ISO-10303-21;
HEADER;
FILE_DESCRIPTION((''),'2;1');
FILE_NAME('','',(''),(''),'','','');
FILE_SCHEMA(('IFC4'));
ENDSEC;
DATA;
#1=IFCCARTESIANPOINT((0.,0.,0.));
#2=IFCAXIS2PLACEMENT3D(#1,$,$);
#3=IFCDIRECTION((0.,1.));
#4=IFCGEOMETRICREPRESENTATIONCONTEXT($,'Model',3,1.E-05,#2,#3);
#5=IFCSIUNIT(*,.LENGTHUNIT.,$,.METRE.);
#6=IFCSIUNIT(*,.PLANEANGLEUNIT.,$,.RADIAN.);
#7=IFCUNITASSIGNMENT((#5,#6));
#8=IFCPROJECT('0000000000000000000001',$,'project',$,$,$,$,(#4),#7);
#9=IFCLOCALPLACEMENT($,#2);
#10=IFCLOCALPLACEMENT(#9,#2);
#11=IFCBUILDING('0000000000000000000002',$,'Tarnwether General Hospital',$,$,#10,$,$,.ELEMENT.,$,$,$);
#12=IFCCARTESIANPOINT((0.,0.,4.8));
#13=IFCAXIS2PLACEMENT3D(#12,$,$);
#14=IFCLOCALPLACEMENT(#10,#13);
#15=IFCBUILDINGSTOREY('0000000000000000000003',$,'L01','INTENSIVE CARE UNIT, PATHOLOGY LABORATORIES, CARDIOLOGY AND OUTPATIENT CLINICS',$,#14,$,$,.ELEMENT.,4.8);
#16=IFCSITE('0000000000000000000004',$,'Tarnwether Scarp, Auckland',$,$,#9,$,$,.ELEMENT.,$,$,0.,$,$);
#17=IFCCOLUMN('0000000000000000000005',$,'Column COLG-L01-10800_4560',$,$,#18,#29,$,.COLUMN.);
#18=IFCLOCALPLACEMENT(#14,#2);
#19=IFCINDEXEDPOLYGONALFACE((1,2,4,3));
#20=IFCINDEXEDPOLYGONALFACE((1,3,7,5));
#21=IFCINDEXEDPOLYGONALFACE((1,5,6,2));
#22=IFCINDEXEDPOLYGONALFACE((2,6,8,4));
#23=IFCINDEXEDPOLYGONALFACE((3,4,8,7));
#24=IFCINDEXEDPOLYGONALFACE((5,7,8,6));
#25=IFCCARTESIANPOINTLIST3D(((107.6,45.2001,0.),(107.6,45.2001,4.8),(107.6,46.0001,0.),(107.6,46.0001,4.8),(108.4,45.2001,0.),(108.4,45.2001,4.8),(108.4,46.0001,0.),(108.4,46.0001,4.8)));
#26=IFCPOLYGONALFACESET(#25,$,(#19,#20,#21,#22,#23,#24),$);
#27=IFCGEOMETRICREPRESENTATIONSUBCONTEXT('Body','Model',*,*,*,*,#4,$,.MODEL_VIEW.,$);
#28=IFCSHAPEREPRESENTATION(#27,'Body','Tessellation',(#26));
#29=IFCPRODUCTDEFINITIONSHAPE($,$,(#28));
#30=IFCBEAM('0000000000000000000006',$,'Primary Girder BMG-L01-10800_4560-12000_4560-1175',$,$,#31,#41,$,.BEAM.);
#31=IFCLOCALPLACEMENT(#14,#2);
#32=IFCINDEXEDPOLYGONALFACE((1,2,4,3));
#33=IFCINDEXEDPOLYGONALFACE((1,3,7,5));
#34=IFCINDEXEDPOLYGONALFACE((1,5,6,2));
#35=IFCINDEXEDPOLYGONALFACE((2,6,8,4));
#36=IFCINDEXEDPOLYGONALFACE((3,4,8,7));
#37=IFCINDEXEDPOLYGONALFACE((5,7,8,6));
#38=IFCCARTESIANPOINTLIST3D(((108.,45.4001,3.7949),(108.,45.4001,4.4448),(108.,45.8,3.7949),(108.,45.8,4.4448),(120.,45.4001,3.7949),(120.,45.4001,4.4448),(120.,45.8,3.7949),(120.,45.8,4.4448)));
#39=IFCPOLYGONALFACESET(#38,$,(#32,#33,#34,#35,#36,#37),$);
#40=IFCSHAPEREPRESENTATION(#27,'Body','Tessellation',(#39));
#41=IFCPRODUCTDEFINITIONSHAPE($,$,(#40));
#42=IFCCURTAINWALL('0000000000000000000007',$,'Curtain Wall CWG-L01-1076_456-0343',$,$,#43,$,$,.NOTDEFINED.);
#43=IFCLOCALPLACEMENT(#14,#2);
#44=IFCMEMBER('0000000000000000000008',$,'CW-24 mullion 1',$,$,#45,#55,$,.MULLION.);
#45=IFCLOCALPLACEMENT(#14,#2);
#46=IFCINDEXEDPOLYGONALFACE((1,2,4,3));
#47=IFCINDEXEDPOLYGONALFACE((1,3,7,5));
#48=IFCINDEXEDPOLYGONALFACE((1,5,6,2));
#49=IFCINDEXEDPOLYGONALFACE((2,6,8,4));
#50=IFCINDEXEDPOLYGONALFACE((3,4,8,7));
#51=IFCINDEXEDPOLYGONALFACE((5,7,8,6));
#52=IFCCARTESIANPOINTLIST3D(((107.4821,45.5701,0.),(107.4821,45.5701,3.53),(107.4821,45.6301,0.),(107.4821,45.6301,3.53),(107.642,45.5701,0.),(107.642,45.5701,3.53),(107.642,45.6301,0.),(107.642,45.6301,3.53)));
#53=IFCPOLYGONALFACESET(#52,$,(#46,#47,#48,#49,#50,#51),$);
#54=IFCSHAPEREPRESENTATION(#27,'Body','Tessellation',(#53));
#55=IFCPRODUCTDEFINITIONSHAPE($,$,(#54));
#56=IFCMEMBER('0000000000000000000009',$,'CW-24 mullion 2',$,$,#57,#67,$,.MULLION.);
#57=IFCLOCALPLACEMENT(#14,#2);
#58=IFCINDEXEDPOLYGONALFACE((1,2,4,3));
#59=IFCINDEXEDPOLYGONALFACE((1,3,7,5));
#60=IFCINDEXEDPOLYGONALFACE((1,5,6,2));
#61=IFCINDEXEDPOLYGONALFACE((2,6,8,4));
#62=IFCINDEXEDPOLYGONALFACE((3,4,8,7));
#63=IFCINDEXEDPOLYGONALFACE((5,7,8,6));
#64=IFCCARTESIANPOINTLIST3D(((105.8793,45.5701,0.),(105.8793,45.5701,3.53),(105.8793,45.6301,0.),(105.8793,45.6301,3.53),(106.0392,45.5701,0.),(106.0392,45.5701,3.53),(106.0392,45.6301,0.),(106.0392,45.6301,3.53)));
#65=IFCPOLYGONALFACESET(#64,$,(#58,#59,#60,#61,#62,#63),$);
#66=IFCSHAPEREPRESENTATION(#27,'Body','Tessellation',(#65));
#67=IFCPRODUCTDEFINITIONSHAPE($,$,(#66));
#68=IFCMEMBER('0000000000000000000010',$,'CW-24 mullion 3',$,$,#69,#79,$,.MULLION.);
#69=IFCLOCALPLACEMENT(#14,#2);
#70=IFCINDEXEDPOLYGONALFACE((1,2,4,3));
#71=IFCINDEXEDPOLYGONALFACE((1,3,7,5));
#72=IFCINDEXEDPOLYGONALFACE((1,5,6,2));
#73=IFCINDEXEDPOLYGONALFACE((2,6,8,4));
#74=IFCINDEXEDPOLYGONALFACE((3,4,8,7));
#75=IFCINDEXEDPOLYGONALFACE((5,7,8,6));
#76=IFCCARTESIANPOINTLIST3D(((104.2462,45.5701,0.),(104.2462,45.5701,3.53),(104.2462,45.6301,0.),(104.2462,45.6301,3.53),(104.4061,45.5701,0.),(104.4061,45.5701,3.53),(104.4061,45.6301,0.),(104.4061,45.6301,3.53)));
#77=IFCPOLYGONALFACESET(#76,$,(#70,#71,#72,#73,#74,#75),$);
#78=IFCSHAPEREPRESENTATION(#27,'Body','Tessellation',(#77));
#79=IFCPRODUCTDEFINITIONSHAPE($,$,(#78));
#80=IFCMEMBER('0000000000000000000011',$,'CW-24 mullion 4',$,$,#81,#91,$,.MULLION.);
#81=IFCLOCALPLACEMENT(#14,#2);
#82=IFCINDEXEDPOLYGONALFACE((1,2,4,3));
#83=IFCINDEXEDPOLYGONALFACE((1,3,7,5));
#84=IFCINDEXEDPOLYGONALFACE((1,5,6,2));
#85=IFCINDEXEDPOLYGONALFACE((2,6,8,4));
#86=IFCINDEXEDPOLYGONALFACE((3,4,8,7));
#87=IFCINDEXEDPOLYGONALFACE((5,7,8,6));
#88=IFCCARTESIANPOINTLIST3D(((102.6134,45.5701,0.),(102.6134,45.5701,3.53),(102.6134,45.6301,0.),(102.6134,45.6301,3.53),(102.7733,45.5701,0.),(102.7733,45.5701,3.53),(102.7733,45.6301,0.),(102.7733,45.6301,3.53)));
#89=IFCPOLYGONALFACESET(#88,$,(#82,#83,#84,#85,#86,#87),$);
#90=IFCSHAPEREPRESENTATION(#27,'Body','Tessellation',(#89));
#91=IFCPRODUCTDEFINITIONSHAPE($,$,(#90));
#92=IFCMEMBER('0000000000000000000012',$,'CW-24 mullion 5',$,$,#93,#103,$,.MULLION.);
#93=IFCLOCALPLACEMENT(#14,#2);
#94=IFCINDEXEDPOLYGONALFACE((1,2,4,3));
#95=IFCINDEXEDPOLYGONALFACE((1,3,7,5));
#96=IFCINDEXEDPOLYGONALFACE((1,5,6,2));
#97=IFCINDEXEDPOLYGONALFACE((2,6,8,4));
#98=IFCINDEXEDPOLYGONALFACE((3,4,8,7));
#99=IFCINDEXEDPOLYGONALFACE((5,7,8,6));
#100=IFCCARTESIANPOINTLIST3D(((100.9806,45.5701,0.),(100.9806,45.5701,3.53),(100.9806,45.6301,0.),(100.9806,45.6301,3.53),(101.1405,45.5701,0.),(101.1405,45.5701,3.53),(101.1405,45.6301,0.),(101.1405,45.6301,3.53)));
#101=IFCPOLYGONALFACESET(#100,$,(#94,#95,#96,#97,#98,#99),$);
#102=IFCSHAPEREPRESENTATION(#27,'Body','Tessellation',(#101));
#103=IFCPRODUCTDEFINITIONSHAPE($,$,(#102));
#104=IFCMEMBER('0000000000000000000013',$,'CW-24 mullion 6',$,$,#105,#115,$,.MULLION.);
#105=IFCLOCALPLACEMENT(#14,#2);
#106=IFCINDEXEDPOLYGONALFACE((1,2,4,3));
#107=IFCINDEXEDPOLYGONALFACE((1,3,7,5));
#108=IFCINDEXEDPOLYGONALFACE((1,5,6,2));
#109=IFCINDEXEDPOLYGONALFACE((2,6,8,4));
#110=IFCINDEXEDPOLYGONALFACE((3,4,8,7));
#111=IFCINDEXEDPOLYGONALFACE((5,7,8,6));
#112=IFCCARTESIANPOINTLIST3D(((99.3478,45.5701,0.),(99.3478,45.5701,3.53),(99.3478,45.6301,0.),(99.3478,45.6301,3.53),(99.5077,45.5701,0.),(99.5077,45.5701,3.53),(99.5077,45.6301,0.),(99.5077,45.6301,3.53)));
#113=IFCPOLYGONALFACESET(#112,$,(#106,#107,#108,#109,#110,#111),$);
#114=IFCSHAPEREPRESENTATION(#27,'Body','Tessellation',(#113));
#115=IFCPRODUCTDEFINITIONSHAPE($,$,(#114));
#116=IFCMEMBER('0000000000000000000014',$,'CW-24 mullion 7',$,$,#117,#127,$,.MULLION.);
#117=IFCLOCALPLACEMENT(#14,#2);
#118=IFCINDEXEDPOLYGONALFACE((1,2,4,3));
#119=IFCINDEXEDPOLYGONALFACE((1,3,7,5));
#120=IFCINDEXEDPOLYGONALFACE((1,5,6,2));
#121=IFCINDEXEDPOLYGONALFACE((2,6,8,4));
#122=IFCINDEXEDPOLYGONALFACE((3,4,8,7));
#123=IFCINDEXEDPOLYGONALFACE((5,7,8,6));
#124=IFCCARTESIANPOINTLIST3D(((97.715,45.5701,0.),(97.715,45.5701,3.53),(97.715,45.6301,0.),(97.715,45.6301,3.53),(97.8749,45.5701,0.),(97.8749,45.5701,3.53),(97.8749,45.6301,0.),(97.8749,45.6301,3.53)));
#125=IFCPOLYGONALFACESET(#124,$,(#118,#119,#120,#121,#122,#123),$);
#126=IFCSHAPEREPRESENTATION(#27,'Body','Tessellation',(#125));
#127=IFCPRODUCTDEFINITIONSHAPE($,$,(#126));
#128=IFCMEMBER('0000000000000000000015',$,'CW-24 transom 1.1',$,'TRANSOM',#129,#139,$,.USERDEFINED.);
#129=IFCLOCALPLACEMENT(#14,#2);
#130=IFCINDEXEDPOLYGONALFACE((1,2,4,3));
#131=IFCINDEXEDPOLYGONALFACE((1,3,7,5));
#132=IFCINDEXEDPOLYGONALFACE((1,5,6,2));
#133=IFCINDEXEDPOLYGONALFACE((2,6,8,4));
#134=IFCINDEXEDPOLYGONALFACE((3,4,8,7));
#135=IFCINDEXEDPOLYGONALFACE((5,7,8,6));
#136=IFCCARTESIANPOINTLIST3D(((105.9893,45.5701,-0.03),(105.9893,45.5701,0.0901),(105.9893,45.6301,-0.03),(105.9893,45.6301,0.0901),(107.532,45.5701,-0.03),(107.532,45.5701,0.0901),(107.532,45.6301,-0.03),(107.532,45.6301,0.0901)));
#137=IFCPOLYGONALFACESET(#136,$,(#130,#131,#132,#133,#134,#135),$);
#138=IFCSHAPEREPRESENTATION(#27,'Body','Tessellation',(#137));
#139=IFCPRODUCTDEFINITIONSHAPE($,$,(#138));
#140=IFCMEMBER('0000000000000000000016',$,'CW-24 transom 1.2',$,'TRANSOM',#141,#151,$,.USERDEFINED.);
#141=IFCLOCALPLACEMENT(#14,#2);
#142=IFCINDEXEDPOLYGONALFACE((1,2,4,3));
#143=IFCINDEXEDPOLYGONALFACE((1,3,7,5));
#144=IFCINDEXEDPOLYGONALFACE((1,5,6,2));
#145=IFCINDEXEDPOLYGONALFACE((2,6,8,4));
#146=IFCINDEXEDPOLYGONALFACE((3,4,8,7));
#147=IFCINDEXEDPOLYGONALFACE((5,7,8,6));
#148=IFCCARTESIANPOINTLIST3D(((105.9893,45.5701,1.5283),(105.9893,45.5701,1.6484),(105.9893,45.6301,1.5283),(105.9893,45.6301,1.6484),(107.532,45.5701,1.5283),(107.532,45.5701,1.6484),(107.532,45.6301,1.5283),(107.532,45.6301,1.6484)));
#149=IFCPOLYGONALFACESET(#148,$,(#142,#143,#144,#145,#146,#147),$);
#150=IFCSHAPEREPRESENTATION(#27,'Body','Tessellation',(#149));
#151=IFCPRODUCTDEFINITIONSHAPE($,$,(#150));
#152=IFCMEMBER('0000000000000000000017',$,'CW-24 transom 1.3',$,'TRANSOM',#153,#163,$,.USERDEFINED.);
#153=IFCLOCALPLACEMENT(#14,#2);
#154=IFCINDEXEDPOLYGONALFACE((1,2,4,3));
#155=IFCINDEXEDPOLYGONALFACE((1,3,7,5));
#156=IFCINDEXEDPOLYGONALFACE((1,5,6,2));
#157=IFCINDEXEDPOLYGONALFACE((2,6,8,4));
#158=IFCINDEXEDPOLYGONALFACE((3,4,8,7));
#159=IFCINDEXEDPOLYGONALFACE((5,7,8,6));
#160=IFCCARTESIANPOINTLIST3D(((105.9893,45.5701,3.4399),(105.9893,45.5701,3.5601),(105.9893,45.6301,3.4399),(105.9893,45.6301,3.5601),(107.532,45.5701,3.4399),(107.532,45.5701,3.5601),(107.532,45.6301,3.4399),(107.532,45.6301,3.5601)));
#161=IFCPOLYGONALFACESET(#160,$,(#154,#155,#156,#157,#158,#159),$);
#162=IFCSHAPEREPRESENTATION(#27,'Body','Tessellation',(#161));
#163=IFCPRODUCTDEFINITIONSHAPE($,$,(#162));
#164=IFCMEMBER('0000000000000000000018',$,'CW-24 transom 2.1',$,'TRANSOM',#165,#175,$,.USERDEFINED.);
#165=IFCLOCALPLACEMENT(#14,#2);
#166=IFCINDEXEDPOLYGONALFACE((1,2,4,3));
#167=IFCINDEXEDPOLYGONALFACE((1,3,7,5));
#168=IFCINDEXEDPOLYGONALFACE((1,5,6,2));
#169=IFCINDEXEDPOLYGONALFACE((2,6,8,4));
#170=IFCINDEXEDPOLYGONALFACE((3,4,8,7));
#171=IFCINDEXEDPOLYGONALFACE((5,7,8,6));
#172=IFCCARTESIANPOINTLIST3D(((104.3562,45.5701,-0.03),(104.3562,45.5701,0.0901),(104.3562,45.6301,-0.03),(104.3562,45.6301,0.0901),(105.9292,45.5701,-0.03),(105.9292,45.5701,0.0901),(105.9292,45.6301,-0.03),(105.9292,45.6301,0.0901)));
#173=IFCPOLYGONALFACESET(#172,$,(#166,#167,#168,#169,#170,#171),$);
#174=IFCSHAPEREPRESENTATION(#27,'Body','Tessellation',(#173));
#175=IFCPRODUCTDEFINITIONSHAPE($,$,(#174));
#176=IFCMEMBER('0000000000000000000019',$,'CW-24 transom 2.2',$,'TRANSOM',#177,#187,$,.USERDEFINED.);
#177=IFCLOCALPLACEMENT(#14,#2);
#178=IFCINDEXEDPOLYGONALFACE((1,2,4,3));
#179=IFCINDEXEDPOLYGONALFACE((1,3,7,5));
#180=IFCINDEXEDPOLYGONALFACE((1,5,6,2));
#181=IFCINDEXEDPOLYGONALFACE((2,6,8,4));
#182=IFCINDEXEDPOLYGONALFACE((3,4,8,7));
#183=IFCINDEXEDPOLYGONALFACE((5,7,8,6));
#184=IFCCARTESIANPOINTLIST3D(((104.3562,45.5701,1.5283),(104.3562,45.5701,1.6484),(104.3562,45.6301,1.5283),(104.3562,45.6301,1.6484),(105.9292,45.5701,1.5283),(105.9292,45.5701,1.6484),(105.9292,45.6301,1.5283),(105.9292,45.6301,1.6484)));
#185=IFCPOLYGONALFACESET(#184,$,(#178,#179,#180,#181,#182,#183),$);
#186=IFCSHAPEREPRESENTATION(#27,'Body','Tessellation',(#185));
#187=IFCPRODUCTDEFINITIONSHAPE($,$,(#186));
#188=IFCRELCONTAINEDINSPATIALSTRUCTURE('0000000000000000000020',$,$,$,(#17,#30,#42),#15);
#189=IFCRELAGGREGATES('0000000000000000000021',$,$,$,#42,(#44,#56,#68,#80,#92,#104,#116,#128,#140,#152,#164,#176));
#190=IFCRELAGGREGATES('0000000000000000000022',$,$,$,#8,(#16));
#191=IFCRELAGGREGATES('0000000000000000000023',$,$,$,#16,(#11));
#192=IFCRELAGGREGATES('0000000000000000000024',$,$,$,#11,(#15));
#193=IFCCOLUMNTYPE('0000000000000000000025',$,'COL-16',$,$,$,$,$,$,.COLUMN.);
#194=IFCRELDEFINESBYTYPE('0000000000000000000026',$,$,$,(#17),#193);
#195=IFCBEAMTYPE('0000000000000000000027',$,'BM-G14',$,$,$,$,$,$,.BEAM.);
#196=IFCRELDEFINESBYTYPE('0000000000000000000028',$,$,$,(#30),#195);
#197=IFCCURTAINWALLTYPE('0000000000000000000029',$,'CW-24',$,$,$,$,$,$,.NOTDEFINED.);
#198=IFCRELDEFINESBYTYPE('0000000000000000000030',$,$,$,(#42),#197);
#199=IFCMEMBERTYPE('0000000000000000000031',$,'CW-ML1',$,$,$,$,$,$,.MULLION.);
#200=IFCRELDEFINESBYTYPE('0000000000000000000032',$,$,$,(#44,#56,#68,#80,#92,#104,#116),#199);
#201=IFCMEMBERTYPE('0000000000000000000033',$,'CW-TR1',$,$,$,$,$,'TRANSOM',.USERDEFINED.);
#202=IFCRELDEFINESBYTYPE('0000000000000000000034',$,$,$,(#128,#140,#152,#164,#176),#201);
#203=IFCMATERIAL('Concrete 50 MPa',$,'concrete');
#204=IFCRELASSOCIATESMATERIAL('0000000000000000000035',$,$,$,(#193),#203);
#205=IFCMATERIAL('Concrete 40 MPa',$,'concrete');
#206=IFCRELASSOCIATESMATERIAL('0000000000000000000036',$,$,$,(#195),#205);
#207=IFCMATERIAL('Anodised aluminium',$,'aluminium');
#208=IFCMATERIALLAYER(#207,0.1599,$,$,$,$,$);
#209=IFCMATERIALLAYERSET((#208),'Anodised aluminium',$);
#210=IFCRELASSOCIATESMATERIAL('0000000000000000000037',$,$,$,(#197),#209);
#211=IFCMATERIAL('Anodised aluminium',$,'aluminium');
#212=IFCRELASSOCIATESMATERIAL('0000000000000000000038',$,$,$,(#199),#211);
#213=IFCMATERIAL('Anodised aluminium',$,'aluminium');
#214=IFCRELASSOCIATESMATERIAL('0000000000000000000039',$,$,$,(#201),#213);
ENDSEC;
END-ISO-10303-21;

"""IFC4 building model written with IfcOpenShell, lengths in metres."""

from ifc_helpers import new_model, si_unit, direction, frame, origin, origin_2d, place, context, subcontext, project, spatial, rectangle, extrude, material, layer, layer_set, material_profile, profile_set, type_object, element, aggregate, save


model = new_model("IFC4")

# Units and contexts
model_context = context("Model", 3, precision=1e-05, world=origin(), true_north=direction((0.0, 1.0)))
body_context = subcontext(model_context, "Body", "Model", "MODEL_VIEW")
ifc_project = project(units=[si_unit("LENGTHUNIT", "METRE"), si_unit("PLANEANGLEUNIT", "RADIAN")], contexts=[model_context])

# Site, building, storey
site_placement = place(None, origin())
site = spatial("IfcSite", under=ifc_project, at=site_placement, Name="Tarnwether Scarp, Auckland", CompositionType="ELEMENT", RefElevation=0.0)
building_placement = place(site_placement, origin())
building = spatial("IfcBuilding", under=site, at=building_placement, Name="Tarnwether General Hospital", CompositionType="ELEMENT")
storey_placement = place(building_placement, frame((0.0, 0.0, 4.8)))
storey = spatial("IfcBuildingStorey", under=building, at=storey_placement, Name="L01", Description="INTENSIVE CARE UNIT, PATHOLOGY LABORATORIES, CARDIOLOGY AND OUTPATIENT CLINICS", CompositionType="ELEMENT", Elevation=4.8)

# Column
ifc_material_1 = material(Name="Concrete 50 MPa", Category="concrete")
ifc_material_profile_1 = material_profile(ifc_material_1, rectangle(XDim=0.8, YDim=0.8, at=origin_2d()), Name="RC-COL-800x800")
ifc_profile_set_1 = profile_set([ifc_material_profile_1], Name="Concrete 50 MPa")
column_type = type_object("IfcColumnType", Name="COL-16", PredefinedType="COLUMN", material=ifc_profile_set_1)
column_placement = place(storey_placement, frame((108.0, 45.6001, 0.0), z_axis=(0.0, 0.0, 1.0), x_axis=(0.0, 1.0, 0.0)))
element("IfcColumn", 1, at=column_placement, inside=storey, type_object=column_type, Name="Column COLG-L01-10800_4560", PredefinedType="COLUMN", context=body_context, shape_type="SweptSolid", body=[
    extrude(rectangle(XDim=0.8, YDim=0.8, at=origin_2d()), origin(), (0.0, 0.0, 1.0), 4.8),
])

# Beam
ifc_material_2 = material(Name="Concrete 40 MPa", Category="concrete")
ifc_material_profile_2 = material_profile(ifc_material_2, rectangle(XDim=0.3999, YDim=0.6499, at=origin_2d()), Name="RC-BM-400x650")
ifc_profile_set_2 = profile_set([ifc_material_profile_2], Name="Concrete 40 MPa")
beam_type = type_object("IfcBeamType", Name="BM-G14", PredefinedType="BEAM", material=ifc_profile_set_2)
beam_placement = place(storey_placement, frame((108.0, 45.6001, 4.1199), z_axis=(1.0, 0.0, 0.0), x_axis=(0.0, 1.0, 0.0)))
element("IfcBeam", 2, at=beam_placement, inside=storey, type_object=beam_type, Name="Primary Girder BMG-L01-10800_4560-12000_4560-1175", PredefinedType="BEAM", context=body_context, shape_type="SweptSolid", body=[
    extrude(rectangle(XDim=0.3999, YDim=0.6499, at=origin_2d()), origin(), (0.0, 0.0, 1.0), 12.0),
])

# Curtain wall, members
ifc_material_3 = material(Name="Anodised aluminium", Category="aluminium")
ifc_layer_1 = layer(ifc_material_3, 0.1599)
ifc_layer_set_1 = layer_set([ifc_layer_1], Name="Anodised aluminium")
curtain_wall_type = type_object("IfcCurtainWallType", Name="CW-24", PredefinedType="NOTDEFINED", material=ifc_layer_set_1)
curtain_wall_placement = place(storey_placement, origin())
curtain_wall = element("IfcCurtainWall", 3, at=curtain_wall_placement, inside=storey, type_object=curtain_wall_type, Name="Curtain Wall CWG-L01-1076_456-0343", PredefinedType="NOTDEFINED")
ifc_material_4 = material(Name="Anodised aluminium", Category="aluminium")
ifc_material_profile_3 = material_profile(ifc_material_4, rectangle(XDim=0.0601, YDim=0.1599, at=origin_2d()), Name="ALU-MUL-60x160")
ifc_profile_set_3 = profile_set([ifc_material_profile_3], Name="Anodised aluminium")
member_type_1 = type_object("IfcMemberType", Name="CW-ML1", PredefinedType="MULLION", material=ifc_profile_set_3)
member_1_placement = place(storey_placement, frame((107.562, 45.6001, 0.0), z_axis=(0.0, 0.0, 1.0), x_axis=(0.0, -1.0, 0.0)))
member_1 = element("IfcMember", 4, at=member_1_placement, type_object=member_type_1, Name="CW-24 mullion 1", PredefinedType="MULLION", context=body_context, shape_type="SweptSolid", body=[
    extrude(rectangle(XDim=0.0601, YDim=0.1599, at=origin_2d()), origin(), (0.0, 0.0, 1.0), 3.53),
])
member_2_placement = place(storey_placement, frame((105.9592, 45.6001, 0.0), z_axis=(0.0, 0.0, 1.0), x_axis=(0.0, -1.0, 0.0)))
member_2 = element("IfcMember", 5, at=member_2_placement, type_object=member_type_1, Name="CW-24 mullion 2", PredefinedType="MULLION", context=body_context, shape_type="SweptSolid", body=[
    extrude(rectangle(XDim=0.0601, YDim=0.1599, at=origin_2d()), origin(), (0.0, 0.0, 1.0), 3.53),
])
member_3_placement = place(storey_placement, frame((104.3262, 45.6001, 0.0), z_axis=(0.0, 0.0, 1.0), x_axis=(0.0, -1.0, 0.0)))
member_3 = element("IfcMember", 6, at=member_3_placement, type_object=member_type_1, Name="CW-24 mullion 3", PredefinedType="MULLION", context=body_context, shape_type="SweptSolid", body=[
    extrude(rectangle(XDim=0.0601, YDim=0.1599, at=origin_2d()), origin(), (0.0, 0.0, 1.0), 3.53),
])
member_4_placement = place(storey_placement, frame((102.6934, 45.6001, 0.0), z_axis=(0.0, 0.0, 1.0), x_axis=(0.0, -1.0, 0.0)))
member_4 = element("IfcMember", 7, at=member_4_placement, type_object=member_type_1, Name="CW-24 mullion 4", PredefinedType="MULLION", context=body_context, shape_type="SweptSolid", body=[
    extrude(rectangle(XDim=0.0601, YDim=0.1599, at=origin_2d()), origin(), (0.0, 0.0, 1.0), 3.53),
])
member_5_placement = place(storey_placement, frame((101.0605, 45.6001, 0.0), z_axis=(0.0, 0.0, 1.0), x_axis=(0.0, -1.0, 0.0)))
member_5 = element("IfcMember", 8, at=member_5_placement, type_object=member_type_1, Name="CW-24 mullion 5", PredefinedType="MULLION", context=body_context, shape_type="SweptSolid", body=[
    extrude(rectangle(XDim=0.0601, YDim=0.1599, at=origin_2d()), origin(), (0.0, 0.0, 1.0), 3.53),
])
member_6_placement = place(storey_placement, frame((99.4277, 45.6001, 0.0), z_axis=(0.0, 0.0, 1.0), x_axis=(0.0, -1.0, 0.0)))
member_6 = element("IfcMember", 9, at=member_6_placement, type_object=member_type_1, Name="CW-24 mullion 6", PredefinedType="MULLION", context=body_context, shape_type="SweptSolid", body=[
    extrude(rectangle(XDim=0.0601, YDim=0.1599, at=origin_2d()), origin(), (0.0, 0.0, 1.0), 3.53),
])
member_7_placement = place(storey_placement, frame((97.7949, 45.6001, 0.0), z_axis=(0.0, 0.0, 1.0), x_axis=(0.0, -1.0, 0.0)))
member_7 = element("IfcMember", 10, at=member_7_placement, type_object=member_type_1, Name="CW-24 mullion 7", PredefinedType="MULLION", context=body_context, shape_type="SweptSolid", body=[
    extrude(rectangle(XDim=0.0601, YDim=0.1599, at=origin_2d()), origin(), (0.0, 0.0, 1.0), 3.53),
])
ifc_material_5 = material(Name="Anodised aluminium", Category="aluminium")
ifc_material_profile_4 = material_profile(ifc_material_5, rectangle(XDim=0.0601, YDim=0.1201, at=origin_2d()), Name="ALU-TRN-60x120")
ifc_profile_set_4 = profile_set([ifc_material_profile_4], Name="Anodised aluminium")
member_type_2 = type_object("IfcMemberType", Name="CW-TR1", ElementType="TRANSOM", PredefinedType="USERDEFINED", material=ifc_profile_set_4)
member_8_placement = place(storey_placement, frame((107.532, 45.6001, 0.03), z_axis=(-1.0, 0.0, 0.0), x_axis=(0.0, -1.0, 0.0)))
member_8 = element("IfcMember", 11, at=member_8_placement, type_object=member_type_2, Name="CW-24 transom 1.1", ObjectType="TRANSOM", PredefinedType="USERDEFINED", context=body_context, shape_type="SweptSolid", body=[
    extrude(rectangle(XDim=0.0601, YDim=0.1201, at=origin_2d()), origin(), (0.0, 0.0, 1.0), 1.5427),
])
member_9_placement = place(storey_placement, frame((107.532, 45.6001, 1.5884), z_axis=(-1.0, 0.0, 0.0), x_axis=(0.0, -1.0, 0.0)))
member_9 = element("IfcMember", 12, at=member_9_placement, type_object=member_type_2, Name="CW-24 transom 1.2", ObjectType="TRANSOM", PredefinedType="USERDEFINED", context=body_context, shape_type="SweptSolid", body=[
    extrude(rectangle(XDim=0.0601, YDim=0.1201, at=origin_2d()), origin(), (0.0, 0.0, 1.0), 1.5427),
])
member_10_placement = place(storey_placement, frame((107.532, 45.6001, 3.5), z_axis=(-1.0, 0.0, 0.0), x_axis=(0.0, -1.0, 0.0)))
member_10 = element("IfcMember", 13, at=member_10_placement, type_object=member_type_2, Name="CW-24 transom 1.3", ObjectType="TRANSOM", PredefinedType="USERDEFINED", context=body_context, shape_type="SweptSolid", body=[
    extrude(rectangle(XDim=0.0601, YDim=0.1201, at=origin_2d()), origin(), (0.0, 0.0, 1.0), 1.5427),
])
member_11_placement = place(storey_placement, frame((105.9292, 45.6001, 0.03), z_axis=(-1.0, 0.0, 0.0), x_axis=(0.0, -1.0, 0.0)))
member_11 = element("IfcMember", 14, at=member_11_placement, type_object=member_type_2, Name="CW-24 transom 2.1", ObjectType="TRANSOM", PredefinedType="USERDEFINED", context=body_context, shape_type="SweptSolid", body=[
    extrude(rectangle(XDim=0.0601, YDim=0.1201, at=origin_2d()), origin(), (0.0, 0.0, 1.0), 1.573),
])
member_12_placement = place(storey_placement, frame((105.9292, 45.6001, 1.5884), z_axis=(-1.0, 0.0, 0.0), x_axis=(0.0, -1.0, 0.0)))
member_12 = element("IfcMember", 15, at=member_12_placement, type_object=member_type_2, Name="CW-24 transom 2.2", ObjectType="TRANSOM", PredefinedType="USERDEFINED", context=body_context, shape_type="SweptSolid", body=[
    extrude(rectangle(XDim=0.0601, YDim=0.1201, at=origin_2d()), origin(), (0.0, 0.0, 1.0), 1.573),
])
aggregate(curtain_wall, [member_1, member_2, member_3, member_4, member_5, member_6, member_7, member_8, member_9, member_10, member_11, member_12])

save(model, "model.ifc")
